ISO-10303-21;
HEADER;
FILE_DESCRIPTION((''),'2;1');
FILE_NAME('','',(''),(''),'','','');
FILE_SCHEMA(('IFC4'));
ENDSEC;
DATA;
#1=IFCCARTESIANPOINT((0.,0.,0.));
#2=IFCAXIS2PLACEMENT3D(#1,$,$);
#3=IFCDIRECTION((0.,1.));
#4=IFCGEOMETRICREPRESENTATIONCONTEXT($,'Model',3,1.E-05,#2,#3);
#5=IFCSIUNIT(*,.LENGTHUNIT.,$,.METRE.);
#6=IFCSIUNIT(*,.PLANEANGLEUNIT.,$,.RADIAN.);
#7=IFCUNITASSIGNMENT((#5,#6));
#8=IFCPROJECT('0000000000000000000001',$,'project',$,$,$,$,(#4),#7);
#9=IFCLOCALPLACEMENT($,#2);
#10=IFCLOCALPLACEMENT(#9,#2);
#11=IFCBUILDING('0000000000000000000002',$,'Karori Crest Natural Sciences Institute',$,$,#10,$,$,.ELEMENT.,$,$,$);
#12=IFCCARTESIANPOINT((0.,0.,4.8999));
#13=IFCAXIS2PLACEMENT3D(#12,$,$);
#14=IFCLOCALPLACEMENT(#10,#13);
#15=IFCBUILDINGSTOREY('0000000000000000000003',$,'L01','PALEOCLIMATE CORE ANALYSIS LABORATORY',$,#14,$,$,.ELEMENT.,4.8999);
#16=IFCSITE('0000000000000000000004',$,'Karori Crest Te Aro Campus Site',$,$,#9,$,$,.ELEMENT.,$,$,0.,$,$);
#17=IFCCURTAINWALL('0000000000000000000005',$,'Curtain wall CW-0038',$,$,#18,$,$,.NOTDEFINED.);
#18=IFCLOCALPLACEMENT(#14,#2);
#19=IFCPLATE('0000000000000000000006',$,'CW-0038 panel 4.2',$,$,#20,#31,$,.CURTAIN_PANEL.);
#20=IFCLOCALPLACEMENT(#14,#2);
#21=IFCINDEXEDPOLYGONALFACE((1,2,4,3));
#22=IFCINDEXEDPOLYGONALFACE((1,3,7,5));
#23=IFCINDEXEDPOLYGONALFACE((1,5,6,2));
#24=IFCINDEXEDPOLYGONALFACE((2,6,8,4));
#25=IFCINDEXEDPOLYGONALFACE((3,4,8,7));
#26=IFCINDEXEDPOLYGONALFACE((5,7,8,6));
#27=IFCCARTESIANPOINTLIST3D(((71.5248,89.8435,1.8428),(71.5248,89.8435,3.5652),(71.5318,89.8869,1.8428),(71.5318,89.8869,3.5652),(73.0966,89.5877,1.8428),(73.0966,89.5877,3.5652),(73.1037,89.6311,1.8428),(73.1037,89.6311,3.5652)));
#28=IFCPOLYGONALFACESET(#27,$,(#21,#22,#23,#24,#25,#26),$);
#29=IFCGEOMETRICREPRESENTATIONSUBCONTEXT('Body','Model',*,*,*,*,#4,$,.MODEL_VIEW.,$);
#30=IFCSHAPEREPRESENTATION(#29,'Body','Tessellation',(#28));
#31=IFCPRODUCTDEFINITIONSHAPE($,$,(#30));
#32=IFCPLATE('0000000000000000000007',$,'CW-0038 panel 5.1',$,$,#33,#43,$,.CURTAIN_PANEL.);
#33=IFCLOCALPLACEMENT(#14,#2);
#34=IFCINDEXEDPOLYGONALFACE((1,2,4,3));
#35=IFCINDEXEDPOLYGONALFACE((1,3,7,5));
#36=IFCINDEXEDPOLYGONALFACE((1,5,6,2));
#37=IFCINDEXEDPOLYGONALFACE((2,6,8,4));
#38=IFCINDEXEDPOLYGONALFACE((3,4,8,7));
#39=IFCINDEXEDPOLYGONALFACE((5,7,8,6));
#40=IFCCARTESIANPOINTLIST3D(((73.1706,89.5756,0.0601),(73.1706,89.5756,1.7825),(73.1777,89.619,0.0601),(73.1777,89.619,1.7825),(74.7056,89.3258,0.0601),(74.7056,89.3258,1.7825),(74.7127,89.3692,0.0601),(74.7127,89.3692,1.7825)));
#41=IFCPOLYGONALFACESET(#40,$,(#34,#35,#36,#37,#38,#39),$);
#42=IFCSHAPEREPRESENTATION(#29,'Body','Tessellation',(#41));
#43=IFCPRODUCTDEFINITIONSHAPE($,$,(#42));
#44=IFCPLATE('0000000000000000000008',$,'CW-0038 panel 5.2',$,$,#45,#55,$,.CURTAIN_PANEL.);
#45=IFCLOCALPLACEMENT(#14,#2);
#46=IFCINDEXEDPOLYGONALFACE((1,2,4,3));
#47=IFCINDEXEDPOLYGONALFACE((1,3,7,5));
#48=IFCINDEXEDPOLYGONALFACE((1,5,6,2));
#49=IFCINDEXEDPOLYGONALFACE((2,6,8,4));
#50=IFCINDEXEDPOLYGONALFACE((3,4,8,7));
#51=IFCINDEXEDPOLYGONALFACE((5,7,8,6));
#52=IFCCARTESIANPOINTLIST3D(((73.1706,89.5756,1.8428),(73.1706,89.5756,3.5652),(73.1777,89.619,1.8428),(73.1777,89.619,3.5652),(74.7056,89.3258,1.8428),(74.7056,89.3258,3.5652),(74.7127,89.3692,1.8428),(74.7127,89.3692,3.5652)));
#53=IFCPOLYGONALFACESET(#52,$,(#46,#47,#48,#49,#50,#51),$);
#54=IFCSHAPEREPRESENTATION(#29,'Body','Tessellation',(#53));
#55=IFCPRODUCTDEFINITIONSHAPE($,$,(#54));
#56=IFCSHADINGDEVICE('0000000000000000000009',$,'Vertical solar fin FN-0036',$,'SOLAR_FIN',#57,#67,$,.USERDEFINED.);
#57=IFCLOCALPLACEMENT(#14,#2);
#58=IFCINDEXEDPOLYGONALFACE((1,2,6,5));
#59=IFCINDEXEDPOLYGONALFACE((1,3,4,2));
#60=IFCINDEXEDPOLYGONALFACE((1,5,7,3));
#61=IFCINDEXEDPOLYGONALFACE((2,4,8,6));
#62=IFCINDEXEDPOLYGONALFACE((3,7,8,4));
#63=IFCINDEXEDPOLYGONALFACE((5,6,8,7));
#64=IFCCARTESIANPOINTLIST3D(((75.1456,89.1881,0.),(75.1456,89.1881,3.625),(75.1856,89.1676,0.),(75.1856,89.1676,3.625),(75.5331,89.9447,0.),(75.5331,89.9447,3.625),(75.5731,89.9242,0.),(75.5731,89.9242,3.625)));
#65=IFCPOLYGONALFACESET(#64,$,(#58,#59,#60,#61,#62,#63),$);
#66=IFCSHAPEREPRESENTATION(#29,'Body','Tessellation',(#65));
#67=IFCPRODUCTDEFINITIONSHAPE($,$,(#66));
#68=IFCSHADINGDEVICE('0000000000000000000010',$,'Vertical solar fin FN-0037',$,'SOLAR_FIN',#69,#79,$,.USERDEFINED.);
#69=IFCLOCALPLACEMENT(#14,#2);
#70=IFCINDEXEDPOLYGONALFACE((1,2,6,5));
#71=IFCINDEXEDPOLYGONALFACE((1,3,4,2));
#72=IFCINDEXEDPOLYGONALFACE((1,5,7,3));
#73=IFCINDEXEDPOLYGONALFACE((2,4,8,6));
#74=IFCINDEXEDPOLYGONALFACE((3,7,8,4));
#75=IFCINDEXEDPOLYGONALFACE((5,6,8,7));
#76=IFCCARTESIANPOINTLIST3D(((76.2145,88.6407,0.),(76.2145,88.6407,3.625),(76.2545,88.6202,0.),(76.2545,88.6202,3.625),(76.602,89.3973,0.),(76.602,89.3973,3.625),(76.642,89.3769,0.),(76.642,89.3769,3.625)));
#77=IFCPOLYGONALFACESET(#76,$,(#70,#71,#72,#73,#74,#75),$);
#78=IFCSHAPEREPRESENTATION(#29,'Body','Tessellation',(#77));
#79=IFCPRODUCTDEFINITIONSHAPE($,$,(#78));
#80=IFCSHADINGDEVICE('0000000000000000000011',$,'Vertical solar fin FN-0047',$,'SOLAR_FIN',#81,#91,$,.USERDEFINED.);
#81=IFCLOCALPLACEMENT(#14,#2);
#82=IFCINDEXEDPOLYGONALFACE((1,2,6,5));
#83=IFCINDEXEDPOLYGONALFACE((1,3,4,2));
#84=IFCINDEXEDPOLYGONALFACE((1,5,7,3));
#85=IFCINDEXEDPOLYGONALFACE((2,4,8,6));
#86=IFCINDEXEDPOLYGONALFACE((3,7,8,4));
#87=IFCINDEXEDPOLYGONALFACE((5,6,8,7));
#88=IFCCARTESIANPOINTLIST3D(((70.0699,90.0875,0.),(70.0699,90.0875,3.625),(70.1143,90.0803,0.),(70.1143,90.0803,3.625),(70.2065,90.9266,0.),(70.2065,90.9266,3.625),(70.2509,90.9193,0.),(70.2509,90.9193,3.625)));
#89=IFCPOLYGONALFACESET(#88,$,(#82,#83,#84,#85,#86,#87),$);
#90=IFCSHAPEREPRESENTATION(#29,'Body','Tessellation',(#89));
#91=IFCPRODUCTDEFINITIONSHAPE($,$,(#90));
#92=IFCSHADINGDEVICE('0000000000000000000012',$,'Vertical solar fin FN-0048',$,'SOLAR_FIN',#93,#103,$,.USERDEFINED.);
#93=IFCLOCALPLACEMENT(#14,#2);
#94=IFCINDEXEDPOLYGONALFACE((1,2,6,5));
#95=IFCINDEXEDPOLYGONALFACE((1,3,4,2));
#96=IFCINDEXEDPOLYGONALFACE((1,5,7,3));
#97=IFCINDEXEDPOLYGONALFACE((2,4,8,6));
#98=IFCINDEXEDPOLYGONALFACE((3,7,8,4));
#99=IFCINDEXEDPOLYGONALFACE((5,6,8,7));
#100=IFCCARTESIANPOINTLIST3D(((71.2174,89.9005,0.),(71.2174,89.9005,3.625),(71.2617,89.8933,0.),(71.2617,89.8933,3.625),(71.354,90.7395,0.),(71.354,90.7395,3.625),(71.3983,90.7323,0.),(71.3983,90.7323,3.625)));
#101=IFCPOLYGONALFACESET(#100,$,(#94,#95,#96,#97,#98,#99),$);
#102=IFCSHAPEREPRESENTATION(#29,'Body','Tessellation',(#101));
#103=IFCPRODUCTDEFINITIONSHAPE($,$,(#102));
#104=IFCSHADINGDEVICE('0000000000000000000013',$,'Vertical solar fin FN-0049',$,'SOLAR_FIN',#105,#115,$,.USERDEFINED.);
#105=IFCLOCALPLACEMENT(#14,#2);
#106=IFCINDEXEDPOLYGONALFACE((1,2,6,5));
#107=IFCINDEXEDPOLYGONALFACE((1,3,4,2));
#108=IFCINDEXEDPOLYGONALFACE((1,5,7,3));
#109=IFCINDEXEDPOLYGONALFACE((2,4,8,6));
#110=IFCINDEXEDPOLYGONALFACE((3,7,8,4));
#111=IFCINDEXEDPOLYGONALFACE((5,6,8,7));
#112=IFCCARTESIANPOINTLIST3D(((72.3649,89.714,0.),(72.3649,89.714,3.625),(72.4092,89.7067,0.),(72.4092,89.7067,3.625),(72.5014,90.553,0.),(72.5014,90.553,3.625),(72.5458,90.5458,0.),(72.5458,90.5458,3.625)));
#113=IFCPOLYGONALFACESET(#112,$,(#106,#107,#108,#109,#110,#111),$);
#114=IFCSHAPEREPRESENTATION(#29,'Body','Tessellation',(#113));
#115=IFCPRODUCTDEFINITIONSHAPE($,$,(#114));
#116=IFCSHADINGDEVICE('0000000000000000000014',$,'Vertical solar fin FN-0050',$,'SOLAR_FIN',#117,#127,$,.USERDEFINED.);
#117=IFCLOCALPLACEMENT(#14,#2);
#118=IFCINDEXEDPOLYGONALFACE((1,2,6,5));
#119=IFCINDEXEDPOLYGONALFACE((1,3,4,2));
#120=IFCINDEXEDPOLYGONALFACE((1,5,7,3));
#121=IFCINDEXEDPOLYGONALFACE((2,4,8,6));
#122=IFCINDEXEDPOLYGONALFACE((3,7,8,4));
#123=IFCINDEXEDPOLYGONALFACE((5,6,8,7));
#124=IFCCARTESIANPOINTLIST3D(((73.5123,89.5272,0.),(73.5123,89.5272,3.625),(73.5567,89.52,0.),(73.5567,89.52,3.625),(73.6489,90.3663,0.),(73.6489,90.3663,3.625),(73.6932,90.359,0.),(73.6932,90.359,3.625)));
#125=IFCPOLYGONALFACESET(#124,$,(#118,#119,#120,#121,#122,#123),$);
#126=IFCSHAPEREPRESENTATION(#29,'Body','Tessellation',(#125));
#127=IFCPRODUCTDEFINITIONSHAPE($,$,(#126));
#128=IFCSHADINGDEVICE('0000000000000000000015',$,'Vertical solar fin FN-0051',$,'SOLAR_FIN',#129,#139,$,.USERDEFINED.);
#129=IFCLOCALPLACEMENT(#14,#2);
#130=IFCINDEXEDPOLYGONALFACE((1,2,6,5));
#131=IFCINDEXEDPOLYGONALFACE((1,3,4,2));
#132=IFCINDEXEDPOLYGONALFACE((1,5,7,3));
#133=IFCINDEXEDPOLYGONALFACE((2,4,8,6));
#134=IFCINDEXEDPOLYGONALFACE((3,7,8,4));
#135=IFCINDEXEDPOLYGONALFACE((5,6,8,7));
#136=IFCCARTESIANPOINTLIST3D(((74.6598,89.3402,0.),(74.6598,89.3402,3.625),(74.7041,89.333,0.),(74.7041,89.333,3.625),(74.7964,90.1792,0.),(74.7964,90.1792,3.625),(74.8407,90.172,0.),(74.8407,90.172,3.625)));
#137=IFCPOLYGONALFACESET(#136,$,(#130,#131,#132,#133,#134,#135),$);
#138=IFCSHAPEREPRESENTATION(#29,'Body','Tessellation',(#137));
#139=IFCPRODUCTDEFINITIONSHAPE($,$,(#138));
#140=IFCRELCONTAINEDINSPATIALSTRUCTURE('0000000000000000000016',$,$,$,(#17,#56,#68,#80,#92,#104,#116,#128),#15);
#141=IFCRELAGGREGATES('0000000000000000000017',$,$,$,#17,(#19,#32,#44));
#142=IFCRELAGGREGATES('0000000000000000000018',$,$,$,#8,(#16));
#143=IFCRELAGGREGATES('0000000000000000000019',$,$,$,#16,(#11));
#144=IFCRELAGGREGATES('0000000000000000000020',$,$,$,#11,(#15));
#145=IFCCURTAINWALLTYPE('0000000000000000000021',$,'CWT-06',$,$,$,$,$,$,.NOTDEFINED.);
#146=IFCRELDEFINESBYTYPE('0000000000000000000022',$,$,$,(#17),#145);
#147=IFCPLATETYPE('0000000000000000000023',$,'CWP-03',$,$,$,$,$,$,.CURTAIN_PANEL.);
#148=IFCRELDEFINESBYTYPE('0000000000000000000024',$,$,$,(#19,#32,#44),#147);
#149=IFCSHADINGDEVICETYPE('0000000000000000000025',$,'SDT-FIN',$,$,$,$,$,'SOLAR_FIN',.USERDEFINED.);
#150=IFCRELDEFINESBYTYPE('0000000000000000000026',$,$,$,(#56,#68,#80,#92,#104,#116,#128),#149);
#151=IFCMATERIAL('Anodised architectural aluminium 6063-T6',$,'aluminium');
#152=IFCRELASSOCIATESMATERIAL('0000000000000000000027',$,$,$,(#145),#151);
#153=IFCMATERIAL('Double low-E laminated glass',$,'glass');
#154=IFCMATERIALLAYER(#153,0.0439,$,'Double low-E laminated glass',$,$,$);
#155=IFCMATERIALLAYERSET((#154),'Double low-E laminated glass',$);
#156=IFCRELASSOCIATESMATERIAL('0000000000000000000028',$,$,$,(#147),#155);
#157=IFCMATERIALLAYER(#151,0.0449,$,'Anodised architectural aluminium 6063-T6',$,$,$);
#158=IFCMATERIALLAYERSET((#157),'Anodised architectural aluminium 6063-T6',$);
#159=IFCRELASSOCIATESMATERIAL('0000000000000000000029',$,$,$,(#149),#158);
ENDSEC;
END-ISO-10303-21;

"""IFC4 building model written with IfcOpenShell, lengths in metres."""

from ifc_helpers import new_model, si_unit, direction, frame, origin, origin_2d, place, context, subcontext, project, spatial, rectangle, extrude, material, layer, layer_set, type_object, element, aggregate, save


model = new_model("IFC4")

# Units and contexts
model_context = context("Model", 3, precision=1e-05, world=origin(), true_north=direction((0.0, 1.0)))
body_context = subcontext(model_context, "Body", "Model", "MODEL_VIEW")
ifc_project = project(units=[si_unit("LENGTHUNIT", "METRE"), si_unit("PLANEANGLEUNIT", "RADIAN")], contexts=[model_context])

# Site, building, storey
site_placement = place(None, origin())
site = spatial("IfcSite", under=ifc_project, at=site_placement, Name="Karori Crest Te Aro Campus Site", CompositionType="ELEMENT", RefElevation=0.0)
building_placement = place(site_placement, origin())
building = spatial("IfcBuilding", under=site, at=building_placement, Name="Karori Crest Natural Sciences Institute", CompositionType="ELEMENT")
storey_placement = place(building_placement, frame((0.0, 0.0, 4.8999)))
storey = spatial("IfcBuildingStorey", under=building, at=storey_placement, Name="L01", Description="PALEOCLIMATE CORE ANALYSIS LABORATORY", CompositionType="ELEMENT", Elevation=4.8999)

# Curtain wall
ifc_material_1 = material(Name="Anodised architectural aluminium 6063-T6", Category="aluminium")
curtain_wall_type_1 = type_object("IfcCurtainWallType", Name="CWT-06", PredefinedType="NOTDEFINED", material=ifc_material_1)
curtain_wall_1_placement = place(storey_placement, origin())
curtain_wall_1 = element("IfcCurtainWall", 1, at=curtain_wall_1_placement, inside=storey, type_object=curtain_wall_type_1, Name="Curtain wall CW-0038", PredefinedType="NOTDEFINED")

# Plates
ifc_material_2 = material(Name="Double low-E laminated glass", Category="glass")
ifc_layer_1 = layer(ifc_material_2, 0.0439, Name="Double low-E laminated glass")
ifc_layer_set_1 = layer_set([ifc_layer_1], Name="Double low-E laminated glass")
plate_type_1 = type_object("IfcPlateType", Name="CWP-03", PredefinedType="CURTAIN_PANEL", material=ifc_layer_set_1)
plate_1_placement = place(storey_placement, frame((72.3142, 89.7373, 1.8428), z_axis=(0.0, 0.0, 1.0), x_axis=(0.987011, -0.160652, 0.0)))
plate_1 = element("IfcPlate", 2, at=plate_1_placement, type_object=plate_type_1, Name="CW-0038 panel 4.2", PredefinedType="CURTAIN_PANEL", context=body_context, shape_type="SweptSolid", body=[
    extrude(rectangle(XDim=1.5925, YDim=0.0439, at=origin_2d()), origin(), (0.0, 0.0, 1.0), 1.7224),
])
plate_2_placement = place(storey_placement, frame((73.9417, 89.4724, 0.0601), z_axis=(0.0, 0.0, 1.0), x_axis=(0.987011, -0.160652, 0.0)))
plate_2 = element("IfcPlate", 3, at=plate_2_placement, type_object=plate_type_1, Name="CW-0038 panel 5.1", PredefinedType="CURTAIN_PANEL", context=body_context, shape_type="SweptSolid", body=[
    extrude(rectangle(XDim=1.5552, YDim=0.0439, at=origin_2d()), origin(), (0.0, 0.0, 1.0), 1.7224),
])
plate_3_placement = place(storey_placement, frame((73.9417, 89.4724, 1.8428), z_axis=(0.0, 0.0, 1.0), x_axis=(0.987011, -0.160652, 0.0)))
plate_3 = element("IfcPlate", 4, at=plate_3_placement, type_object=plate_type_1, Name="CW-0038 panel 5.2", PredefinedType="CURTAIN_PANEL", context=body_context, shape_type="SweptSolid", body=[
    extrude(rectangle(XDim=1.5552, YDim=0.0439, at=origin_2d()), origin(), (0.0, 0.0, 1.0), 1.7224),
])
aggregate(curtain_wall_1, [plate_1, plate_2, plate_3])

# Shading devices
ifc_layer_2 = layer(ifc_material_1, 0.0449, Name="Anodised architectural aluminium 6063-T6")
ifc_layer_set_2 = layer_set([ifc_layer_2], Name="Anodised architectural aluminium 6063-T6")
shading_device_type = type_object("IfcShadingDeviceType", Name="SDT-FIN", ElementType="SOLAR_FIN", PredefinedType="USERDEFINED", material=ifc_layer_set_2)
for number, where, z_axis, x_axis, name in (
    (5, (75.3594, 89.5562, 0.0), (0.0, 0.0, 1.0), (0.455832, 0.890066, 0.0), "Vertical solar fin FN-0036"),
    (6, (76.4282, 89.0088, 0.0), (0.0, 0.0, 1.0), (0.455832, 0.890066, 0.0), "Vertical solar fin FN-0037"),
    (7, (70.1604, 90.5034, 0.0), (0.0, 0.0, 1.0), (0.160651, 0.987011, 0.0), "Vertical solar fin FN-0047"),
    (8, (71.3079, 90.3164, 0.0), (0.0, 0.0, 1.0), (0.160651, 0.987011, 0.0), "Vertical solar fin FN-0048"),
    (9, (72.4553, 90.1299, 0.0), (0.0, 0.0, 1.0), (0.160651, 0.987011, 0.0), "Vertical solar fin FN-0049"),
    (10, (73.6028, 89.9431, 0.0), (0.0, 0.0, 1.0), (0.160651, 0.987011, 0.0), "Vertical solar fin FN-0050"),
    (11, (74.7502, 89.7561, 0.0), (0.0, 0.0, 1.0), (0.160651, 0.987011, 0.0), "Vertical solar fin FN-0051"),
):
    element("IfcShadingDevice", number, at=place(storey_placement, frame(where, z_axis=z_axis, x_axis=x_axis)), inside=storey, type_object=shading_device_type, Name=name, ObjectType="SOLAR_FIN", PredefinedType="USERDEFINED", context=body_context, shape_type="SweptSolid", body=[
        extrude(rectangle(XDim=0.8501, YDim=0.0449, at=origin_2d()), origin(), (0.0, 0.0, 1.0), 3.625),
    ])

save(model, "model.ifc")
